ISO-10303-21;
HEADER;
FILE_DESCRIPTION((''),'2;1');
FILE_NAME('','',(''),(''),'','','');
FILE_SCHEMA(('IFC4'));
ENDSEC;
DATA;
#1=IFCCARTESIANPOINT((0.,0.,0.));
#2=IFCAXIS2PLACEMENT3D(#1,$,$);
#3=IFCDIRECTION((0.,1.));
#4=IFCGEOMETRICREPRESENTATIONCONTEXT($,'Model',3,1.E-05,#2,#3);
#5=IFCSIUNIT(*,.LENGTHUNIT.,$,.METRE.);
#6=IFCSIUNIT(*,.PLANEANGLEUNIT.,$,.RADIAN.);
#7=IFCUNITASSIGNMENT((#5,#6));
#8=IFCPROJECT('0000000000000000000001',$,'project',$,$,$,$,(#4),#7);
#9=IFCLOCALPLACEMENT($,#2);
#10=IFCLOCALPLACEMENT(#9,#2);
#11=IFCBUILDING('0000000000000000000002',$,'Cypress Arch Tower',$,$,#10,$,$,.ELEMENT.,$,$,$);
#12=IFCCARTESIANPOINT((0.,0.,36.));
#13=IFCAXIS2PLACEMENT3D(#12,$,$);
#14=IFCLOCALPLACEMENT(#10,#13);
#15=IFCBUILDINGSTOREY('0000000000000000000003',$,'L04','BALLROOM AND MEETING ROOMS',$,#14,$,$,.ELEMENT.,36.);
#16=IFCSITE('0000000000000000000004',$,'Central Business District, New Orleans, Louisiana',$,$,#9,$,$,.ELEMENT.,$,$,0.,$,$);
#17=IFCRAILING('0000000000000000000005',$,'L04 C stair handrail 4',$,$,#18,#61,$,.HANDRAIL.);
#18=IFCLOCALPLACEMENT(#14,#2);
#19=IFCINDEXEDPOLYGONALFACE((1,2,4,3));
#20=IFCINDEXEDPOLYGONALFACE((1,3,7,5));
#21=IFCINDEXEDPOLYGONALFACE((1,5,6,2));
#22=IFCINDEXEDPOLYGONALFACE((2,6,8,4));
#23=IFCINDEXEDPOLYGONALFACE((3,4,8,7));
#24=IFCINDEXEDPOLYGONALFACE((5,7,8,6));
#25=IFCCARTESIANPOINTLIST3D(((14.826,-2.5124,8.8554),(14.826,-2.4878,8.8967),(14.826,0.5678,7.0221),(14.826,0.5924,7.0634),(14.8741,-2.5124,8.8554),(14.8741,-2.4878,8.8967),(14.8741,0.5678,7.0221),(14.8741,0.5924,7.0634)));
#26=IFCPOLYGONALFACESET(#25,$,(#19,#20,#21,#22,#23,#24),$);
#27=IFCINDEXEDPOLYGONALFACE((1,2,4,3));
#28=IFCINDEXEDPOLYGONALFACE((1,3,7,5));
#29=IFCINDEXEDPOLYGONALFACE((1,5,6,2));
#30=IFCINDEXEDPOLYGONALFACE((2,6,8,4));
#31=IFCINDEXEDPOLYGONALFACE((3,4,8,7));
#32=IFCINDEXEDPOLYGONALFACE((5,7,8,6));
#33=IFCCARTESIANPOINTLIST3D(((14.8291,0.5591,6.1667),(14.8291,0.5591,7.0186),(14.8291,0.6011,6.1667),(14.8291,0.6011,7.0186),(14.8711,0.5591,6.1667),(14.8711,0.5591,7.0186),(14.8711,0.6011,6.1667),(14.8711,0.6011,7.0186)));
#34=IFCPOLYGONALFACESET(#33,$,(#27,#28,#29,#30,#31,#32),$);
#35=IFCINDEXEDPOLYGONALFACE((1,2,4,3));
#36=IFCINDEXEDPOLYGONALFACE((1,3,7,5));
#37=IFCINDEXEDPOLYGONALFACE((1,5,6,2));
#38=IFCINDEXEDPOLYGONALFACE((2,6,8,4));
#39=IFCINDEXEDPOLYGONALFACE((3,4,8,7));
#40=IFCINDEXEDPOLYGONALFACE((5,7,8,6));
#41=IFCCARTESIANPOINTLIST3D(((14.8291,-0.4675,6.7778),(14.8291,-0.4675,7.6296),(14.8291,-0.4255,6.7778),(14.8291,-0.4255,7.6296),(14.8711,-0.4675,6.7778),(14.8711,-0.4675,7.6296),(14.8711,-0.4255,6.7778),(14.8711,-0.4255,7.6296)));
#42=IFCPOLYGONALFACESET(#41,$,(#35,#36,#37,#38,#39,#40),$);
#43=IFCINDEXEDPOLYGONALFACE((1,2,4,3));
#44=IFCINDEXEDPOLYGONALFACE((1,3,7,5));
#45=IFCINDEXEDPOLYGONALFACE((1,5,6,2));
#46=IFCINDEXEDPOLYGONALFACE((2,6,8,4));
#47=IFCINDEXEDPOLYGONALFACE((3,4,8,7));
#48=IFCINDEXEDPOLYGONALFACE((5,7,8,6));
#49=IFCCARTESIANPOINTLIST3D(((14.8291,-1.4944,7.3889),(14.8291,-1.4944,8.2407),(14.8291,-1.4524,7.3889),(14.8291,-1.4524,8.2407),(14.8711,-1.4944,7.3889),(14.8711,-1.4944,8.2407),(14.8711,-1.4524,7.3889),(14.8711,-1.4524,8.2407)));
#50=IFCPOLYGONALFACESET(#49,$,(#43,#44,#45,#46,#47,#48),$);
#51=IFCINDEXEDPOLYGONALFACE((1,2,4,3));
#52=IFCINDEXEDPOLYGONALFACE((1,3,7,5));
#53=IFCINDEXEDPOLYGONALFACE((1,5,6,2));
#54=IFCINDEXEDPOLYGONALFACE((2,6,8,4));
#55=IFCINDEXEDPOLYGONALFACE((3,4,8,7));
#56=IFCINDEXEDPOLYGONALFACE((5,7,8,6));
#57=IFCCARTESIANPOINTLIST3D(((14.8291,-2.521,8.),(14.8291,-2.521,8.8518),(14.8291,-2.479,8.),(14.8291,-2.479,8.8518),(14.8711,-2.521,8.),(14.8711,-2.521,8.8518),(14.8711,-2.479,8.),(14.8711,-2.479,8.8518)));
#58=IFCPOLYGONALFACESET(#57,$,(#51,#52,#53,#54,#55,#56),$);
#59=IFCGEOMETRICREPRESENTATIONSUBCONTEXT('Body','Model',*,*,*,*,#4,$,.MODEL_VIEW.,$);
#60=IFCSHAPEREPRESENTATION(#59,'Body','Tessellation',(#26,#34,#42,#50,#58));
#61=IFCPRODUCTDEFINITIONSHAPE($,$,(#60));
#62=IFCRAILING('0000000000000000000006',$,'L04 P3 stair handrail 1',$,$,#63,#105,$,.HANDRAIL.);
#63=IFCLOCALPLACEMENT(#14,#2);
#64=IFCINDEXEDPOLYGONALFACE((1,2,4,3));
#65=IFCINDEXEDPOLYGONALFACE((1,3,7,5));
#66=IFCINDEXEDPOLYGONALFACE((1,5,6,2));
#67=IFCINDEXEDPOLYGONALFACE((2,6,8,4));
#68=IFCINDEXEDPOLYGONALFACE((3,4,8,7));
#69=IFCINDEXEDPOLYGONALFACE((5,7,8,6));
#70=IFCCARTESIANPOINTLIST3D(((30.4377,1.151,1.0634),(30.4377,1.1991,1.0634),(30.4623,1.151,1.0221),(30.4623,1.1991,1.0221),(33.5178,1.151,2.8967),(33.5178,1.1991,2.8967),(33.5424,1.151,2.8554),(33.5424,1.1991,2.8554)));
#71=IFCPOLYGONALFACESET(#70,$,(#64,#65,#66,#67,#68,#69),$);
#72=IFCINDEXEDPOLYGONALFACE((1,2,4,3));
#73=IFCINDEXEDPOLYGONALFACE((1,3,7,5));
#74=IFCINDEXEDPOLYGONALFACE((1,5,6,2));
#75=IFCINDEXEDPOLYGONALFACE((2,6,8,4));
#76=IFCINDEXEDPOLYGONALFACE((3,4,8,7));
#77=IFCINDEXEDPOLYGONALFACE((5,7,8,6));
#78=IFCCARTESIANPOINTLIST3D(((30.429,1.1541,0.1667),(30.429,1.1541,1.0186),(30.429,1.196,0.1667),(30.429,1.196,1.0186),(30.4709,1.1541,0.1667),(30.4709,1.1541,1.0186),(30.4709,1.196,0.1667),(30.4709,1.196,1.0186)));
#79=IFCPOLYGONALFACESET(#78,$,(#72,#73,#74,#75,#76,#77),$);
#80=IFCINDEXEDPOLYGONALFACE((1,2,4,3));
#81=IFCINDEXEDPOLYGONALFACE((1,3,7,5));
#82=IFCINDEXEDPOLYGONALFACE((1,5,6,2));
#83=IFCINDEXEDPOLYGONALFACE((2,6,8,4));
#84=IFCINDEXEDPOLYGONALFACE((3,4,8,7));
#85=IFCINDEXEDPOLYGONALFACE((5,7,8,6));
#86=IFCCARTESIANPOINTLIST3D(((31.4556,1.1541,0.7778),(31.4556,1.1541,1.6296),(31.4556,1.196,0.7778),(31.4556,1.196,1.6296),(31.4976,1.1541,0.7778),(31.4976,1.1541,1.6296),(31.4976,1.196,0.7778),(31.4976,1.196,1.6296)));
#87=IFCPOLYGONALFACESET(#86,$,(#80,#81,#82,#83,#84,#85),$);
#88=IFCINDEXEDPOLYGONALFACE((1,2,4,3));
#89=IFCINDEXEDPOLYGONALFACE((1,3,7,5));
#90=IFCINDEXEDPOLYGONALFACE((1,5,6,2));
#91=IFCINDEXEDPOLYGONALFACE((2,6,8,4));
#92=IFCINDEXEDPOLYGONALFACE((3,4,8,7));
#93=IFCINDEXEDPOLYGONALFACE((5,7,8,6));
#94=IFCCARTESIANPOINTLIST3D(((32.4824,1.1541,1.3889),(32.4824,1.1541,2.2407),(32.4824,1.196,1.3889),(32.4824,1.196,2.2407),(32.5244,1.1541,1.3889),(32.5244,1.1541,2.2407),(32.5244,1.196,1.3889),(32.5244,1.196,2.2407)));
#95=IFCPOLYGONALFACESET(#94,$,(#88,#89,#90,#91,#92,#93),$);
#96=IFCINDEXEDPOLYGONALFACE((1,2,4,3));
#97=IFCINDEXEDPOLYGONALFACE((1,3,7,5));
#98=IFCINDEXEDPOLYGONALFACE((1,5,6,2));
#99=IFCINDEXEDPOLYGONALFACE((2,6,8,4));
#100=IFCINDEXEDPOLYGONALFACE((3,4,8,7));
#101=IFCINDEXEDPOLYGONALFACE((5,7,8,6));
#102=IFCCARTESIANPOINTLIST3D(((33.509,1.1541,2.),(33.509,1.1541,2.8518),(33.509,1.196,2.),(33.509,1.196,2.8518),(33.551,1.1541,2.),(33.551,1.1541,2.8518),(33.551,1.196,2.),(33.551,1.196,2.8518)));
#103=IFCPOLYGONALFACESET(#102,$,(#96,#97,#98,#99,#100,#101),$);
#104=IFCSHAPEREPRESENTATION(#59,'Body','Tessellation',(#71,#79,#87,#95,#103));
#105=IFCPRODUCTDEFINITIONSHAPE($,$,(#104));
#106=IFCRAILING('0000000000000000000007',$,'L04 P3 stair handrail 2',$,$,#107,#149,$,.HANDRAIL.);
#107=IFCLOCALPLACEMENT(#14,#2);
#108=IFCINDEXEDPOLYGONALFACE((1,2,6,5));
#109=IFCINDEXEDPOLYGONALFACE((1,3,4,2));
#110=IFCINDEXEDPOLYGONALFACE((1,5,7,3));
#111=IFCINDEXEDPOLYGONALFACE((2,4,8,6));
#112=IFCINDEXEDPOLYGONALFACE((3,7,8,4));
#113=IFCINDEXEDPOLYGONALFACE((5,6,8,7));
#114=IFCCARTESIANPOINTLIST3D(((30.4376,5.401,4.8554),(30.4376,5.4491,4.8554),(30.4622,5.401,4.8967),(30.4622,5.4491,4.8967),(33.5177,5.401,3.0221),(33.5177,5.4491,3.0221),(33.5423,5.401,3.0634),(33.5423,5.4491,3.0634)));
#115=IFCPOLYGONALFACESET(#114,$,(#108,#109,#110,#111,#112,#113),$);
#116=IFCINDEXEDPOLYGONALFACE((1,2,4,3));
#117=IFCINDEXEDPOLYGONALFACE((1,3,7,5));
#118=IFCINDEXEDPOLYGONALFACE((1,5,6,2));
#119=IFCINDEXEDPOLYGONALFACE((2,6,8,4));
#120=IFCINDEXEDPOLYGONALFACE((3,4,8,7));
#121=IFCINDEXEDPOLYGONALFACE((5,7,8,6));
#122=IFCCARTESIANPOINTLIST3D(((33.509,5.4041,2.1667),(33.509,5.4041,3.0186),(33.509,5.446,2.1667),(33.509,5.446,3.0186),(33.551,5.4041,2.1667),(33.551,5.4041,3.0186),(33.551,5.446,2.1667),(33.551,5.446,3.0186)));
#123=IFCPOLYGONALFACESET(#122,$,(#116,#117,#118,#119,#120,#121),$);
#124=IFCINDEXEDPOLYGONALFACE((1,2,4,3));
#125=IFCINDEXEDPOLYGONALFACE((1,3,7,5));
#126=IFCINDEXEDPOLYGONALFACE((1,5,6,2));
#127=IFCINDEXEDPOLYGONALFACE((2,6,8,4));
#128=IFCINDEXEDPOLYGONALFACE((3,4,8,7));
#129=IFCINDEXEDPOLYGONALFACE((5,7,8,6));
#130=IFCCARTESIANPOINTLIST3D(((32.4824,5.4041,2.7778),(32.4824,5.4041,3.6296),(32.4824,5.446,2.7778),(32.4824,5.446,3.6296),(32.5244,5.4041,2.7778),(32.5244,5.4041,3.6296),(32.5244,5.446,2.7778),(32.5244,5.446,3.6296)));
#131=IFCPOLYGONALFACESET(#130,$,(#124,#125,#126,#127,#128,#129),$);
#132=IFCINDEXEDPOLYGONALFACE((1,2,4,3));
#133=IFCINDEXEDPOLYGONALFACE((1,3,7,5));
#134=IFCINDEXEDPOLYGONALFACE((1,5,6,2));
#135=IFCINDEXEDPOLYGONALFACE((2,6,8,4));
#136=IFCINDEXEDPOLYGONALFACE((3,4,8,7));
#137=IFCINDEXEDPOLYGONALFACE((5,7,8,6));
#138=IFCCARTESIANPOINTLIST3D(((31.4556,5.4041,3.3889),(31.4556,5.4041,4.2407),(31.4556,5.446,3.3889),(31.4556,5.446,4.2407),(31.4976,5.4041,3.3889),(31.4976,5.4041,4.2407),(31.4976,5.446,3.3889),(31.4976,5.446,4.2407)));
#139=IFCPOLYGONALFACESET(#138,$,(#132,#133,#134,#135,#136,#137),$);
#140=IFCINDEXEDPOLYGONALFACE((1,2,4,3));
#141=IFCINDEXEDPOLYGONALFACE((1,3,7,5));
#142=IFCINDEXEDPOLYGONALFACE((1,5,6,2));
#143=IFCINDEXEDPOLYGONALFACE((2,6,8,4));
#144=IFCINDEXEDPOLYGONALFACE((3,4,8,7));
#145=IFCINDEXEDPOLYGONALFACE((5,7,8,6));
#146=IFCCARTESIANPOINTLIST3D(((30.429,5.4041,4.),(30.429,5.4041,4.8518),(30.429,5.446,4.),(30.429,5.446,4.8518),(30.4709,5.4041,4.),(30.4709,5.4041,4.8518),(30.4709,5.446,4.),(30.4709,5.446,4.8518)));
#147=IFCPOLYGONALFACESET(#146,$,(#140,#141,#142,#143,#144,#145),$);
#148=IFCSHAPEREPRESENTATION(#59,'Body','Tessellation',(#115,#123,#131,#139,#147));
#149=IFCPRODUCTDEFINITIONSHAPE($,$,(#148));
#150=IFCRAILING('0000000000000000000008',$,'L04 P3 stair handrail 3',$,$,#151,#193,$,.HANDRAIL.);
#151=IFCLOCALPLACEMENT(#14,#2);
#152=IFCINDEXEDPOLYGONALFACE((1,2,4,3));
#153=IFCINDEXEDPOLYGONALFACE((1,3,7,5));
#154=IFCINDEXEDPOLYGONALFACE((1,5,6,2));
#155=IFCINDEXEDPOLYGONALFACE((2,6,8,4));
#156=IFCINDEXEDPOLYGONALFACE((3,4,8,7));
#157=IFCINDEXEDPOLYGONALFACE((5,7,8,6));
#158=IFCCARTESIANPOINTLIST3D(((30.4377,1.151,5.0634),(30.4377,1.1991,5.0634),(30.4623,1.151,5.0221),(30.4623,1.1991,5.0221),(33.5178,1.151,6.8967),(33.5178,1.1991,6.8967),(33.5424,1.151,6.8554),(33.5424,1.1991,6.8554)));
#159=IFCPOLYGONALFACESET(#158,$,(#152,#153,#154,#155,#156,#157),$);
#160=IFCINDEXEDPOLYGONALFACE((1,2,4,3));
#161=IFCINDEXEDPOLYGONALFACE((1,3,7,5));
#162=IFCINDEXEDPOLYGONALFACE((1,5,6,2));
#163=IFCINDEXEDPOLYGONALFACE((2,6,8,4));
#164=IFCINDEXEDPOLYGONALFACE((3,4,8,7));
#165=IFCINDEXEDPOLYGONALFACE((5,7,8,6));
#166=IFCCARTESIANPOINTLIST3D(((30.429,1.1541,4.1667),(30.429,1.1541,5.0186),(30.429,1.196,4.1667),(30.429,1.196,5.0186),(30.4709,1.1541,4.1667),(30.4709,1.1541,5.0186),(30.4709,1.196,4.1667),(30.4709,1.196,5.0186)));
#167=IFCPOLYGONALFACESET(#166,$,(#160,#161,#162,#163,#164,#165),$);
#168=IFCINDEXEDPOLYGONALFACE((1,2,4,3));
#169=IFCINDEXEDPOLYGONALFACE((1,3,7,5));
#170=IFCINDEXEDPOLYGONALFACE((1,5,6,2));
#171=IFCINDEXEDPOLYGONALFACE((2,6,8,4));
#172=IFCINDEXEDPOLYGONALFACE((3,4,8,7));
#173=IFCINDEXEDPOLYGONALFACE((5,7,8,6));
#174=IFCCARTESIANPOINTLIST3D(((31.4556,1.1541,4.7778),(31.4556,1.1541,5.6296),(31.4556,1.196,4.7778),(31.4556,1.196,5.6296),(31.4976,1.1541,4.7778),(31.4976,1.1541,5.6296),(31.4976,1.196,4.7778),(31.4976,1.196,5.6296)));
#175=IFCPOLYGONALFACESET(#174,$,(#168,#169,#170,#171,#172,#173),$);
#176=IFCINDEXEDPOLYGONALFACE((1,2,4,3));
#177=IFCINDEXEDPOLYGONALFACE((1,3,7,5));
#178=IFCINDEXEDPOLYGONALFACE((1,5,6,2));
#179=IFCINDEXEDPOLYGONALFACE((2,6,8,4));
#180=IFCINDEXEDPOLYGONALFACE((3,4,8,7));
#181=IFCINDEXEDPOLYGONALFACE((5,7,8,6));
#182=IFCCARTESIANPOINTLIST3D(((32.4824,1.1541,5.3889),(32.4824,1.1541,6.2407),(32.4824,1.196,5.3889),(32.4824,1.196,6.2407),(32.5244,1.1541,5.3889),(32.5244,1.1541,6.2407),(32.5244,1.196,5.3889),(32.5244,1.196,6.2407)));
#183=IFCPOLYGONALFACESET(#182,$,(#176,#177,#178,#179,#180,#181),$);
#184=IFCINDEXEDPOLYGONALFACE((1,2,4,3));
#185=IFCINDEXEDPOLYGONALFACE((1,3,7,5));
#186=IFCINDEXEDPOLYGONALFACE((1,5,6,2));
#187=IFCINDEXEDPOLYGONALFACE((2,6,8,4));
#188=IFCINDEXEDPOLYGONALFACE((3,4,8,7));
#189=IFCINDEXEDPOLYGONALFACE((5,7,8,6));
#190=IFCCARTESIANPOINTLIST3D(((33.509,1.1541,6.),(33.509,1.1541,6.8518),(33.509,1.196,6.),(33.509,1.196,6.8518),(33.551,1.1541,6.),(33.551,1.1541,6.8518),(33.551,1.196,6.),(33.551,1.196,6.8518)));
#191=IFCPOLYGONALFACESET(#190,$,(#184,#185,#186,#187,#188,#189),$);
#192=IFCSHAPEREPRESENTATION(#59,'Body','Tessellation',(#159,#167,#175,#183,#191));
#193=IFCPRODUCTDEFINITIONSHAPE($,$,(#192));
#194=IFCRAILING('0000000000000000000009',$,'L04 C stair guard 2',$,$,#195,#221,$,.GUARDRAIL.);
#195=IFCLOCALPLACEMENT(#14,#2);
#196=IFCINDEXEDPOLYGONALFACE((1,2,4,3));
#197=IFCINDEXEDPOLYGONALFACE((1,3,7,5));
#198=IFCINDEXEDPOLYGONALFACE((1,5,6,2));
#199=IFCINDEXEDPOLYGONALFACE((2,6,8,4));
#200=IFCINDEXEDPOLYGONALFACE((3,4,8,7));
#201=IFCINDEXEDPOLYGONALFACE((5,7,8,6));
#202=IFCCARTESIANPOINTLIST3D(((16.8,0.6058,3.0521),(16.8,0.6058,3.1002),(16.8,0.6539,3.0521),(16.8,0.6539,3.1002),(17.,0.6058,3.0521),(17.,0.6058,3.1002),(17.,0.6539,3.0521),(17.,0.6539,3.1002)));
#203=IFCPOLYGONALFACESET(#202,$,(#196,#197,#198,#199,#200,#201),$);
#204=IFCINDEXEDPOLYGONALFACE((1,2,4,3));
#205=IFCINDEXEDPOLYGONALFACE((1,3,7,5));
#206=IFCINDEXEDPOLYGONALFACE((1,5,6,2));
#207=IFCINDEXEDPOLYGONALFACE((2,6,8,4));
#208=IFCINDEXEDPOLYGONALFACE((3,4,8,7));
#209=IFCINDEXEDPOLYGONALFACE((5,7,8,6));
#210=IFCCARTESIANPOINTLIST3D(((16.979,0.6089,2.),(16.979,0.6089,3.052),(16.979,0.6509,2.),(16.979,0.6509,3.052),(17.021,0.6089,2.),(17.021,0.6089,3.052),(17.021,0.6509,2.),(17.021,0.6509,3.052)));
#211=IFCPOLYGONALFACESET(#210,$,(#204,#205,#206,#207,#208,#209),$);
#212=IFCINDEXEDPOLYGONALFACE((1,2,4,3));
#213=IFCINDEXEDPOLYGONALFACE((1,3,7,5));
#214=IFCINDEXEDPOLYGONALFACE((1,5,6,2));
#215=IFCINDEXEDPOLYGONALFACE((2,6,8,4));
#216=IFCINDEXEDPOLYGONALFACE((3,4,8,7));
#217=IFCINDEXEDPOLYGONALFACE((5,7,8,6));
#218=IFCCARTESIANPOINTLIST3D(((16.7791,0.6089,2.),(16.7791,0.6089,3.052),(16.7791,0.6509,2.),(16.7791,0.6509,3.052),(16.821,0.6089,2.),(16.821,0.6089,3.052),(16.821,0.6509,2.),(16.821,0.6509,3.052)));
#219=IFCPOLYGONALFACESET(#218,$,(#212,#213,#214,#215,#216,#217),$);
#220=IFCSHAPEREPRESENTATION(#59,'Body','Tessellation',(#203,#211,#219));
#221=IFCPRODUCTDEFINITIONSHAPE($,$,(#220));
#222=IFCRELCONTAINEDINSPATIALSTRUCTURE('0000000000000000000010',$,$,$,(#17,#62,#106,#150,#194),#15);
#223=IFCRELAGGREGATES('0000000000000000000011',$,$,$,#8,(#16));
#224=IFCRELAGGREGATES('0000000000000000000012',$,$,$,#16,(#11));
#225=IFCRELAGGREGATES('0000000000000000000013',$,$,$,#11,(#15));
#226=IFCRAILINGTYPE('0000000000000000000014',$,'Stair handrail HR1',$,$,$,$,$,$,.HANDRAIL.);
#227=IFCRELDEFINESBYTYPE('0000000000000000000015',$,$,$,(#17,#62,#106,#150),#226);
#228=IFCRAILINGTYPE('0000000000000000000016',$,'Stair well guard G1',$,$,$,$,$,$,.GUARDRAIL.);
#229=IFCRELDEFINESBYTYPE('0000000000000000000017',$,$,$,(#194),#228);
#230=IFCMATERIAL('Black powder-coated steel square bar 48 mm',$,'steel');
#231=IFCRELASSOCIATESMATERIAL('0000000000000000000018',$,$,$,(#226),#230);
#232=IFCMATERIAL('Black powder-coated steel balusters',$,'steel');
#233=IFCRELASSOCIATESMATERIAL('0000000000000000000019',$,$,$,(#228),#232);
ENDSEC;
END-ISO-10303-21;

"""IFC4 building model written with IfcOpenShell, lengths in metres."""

from ifc_helpers import new_model, si_unit, direction, frame, origin, origin_2d, place, context, subcontext, project, spatial, rectangle, extrude, material, type_object, element, save


model = new_model("IFC4")

# Units and contexts
model_context = context("Model", 3, precision=1e-05, world=origin(), true_north=direction((0.0, 1.0)))
body_context = subcontext(model_context, "Body", "Model", "MODEL_VIEW")
ifc_project = project(units=[si_unit("LENGTHUNIT", "METRE"), si_unit("PLANEANGLEUNIT", "RADIAN")], contexts=[model_context])

# Site, building, storey
site_placement = place(None, origin())
site = spatial("IfcSite", under=ifc_project, at=site_placement, Name="Central Business District, New Orleans, Louisiana", CompositionType="ELEMENT", RefElevation=0.0)
building_placement = place(site_placement, origin())
building = spatial("IfcBuilding", under=site, at=building_placement, Name="Cypress Arch Tower", CompositionType="ELEMENT")
storey_placement = place(building_placement, frame((0.0, 0.0, 36.0)))
storey = spatial("IfcBuildingStorey", under=building, at=storey_placement, Name="L04", Description="BALLROOM AND MEETING ROOMS", CompositionType="ELEMENT", Elevation=36.0)

# Railings
ifc_material_1 = material(Name="Black powder-coated steel square bar 48 mm", Category="steel")
railing_type_1 = type_object("IfcRailingType", Name="Stair handrail HR1", PredefinedType="HANDRAIL", material=ifc_material_1)
for number, where, name in (
    (1, (14.8501, 0.5801, 6.1667), "L04 C stair handrail 4"),
):
    element("IfcRailing", number, at=place(storey_placement, frame(where)), inside=storey, type_object=railing_type_1, Name=name, PredefinedType="HANDRAIL", context=body_context, shape_type="SweptSolid", body=[
        extrude(rectangle(XDim=0.0481, YDim=0.0481, at=origin_2d()), frame((0.0, 0.0, 0.876), z_axis=(0.0, -0.859309, 0.511458), x_axis=(1.0, 0.0, 0.0)), (0.0, 0.0, 1.0), 3.5845),
        extrude(rectangle(XDim=0.042, YDim=0.042, at=origin_2d()), origin(), (0.0, 0.0, 1.0), 0.8518),
        extrude(rectangle(XDim=0.042, YDim=0.042, at=origin_2d()), frame((0.0, -1.0266, 0.6111)), (0.0, 0.0, 1.0), 0.8518),
        extrude(rectangle(XDim=0.042, YDim=0.042, at=origin_2d()), frame((0.0, -2.0535, 1.2222)), (0.0, 0.0, 1.0), 0.8518),
        extrude(rectangle(XDim=0.042, YDim=0.042, at=origin_2d()), frame((0.0, -3.0801, 1.8333)), (0.0, 0.0, 1.0), 0.8518),
    ])
railing_1_placement = place(storey_placement, frame((30.45, 1.175, 0.1667)))
element("IfcRailing", 2, at=railing_1_placement, inside=storey, type_object=railing_type_1, Name="L04 P3 stair handrail 1", PredefinedType="HANDRAIL", context=body_context, shape_type="SweptSolid", body=[
    extrude(rectangle(XDim=0.0481, YDim=0.0481, at=origin_2d()), frame((0.0, 0.0, 0.876), z_axis=(0.859309, 0.0, 0.511458), x_axis=(0.0, 1.0, 0.0)), (0.0, 0.0, 1.0), 3.5845),
    extrude(rectangle(XDim=0.042, YDim=0.042, at=origin_2d()), origin(), (0.0, 0.0, 1.0), 0.8518),
    extrude(rectangle(XDim=0.042, YDim=0.042, at=origin_2d()), frame((1.0266, 0.0, 0.6111)), (0.0, 0.0, 1.0), 0.8518),
    extrude(rectangle(XDim=0.042, YDim=0.042, at=origin_2d()), frame((2.0535, 0.0, 1.2222)), (0.0, 0.0, 1.0), 0.8518),
    extrude(rectangle(XDim=0.042, YDim=0.042, at=origin_2d()), frame((3.0801, 0.0, 1.8333)), (0.0, 0.0, 1.0), 0.8518),
])
railing_2_placement = place(storey_placement, frame((33.53, 5.425, 2.1667)))
element("IfcRailing", 3, at=railing_2_placement, inside=storey, type_object=railing_type_1, Name="L04 P3 stair handrail 2", PredefinedType="HANDRAIL", context=body_context, shape_type="SweptSolid", body=[
    extrude(rectangle(XDim=0.0481, YDim=0.0481, at=origin_2d()), frame((0.0, 0.0, 0.876), z_axis=(-0.859309, 0.0, 0.511458), x_axis=(0.0, -1.0, 0.0)), (0.0, 0.0, 1.0), 3.5845),
    extrude(rectangle(XDim=0.042, YDim=0.042, at=origin_2d()), origin(), (0.0, 0.0, 1.0), 0.8518),
    extrude(rectangle(XDim=0.042, YDim=0.042, at=origin_2d()), frame((-1.0266, 0.0, 0.6111)), (0.0, 0.0, 1.0), 0.8518),
    extrude(rectangle(XDim=0.042, YDim=0.042, at=origin_2d()), frame((-2.0535, 0.0, 1.2222)), (0.0, 0.0, 1.0), 0.8518),
    extrude(rectangle(XDim=0.042, YDim=0.042, at=origin_2d()), frame((-3.0801, 0.0, 1.8333)), (0.0, 0.0, 1.0), 0.8518),
])
railing_3_placement = place(storey_placement, frame((30.45, 1.175, 4.1667)))
element("IfcRailing", 4, at=railing_3_placement, inside=storey, type_object=railing_type_1, Name="L04 P3 stair handrail 3", PredefinedType="HANDRAIL", context=body_context, shape_type="SweptSolid", body=[
    extrude(rectangle(XDim=0.0481, YDim=0.0481, at=origin_2d()), frame((0.0, 0.0, 0.876), z_axis=(0.859309, 0.0, 0.511458), x_axis=(0.0, 1.0, 0.0)), (0.0, 0.0, 1.0), 3.5845),
    extrude(rectangle(XDim=0.042, YDim=0.042, at=origin_2d()), origin(), (0.0, 0.0, 1.0), 0.8518),
    extrude(rectangle(XDim=0.042, YDim=0.042, at=origin_2d()), frame((1.0266, 0.0, 0.6111)), (0.0, 0.0, 1.0), 0.8518),
    extrude(rectangle(XDim=0.042, YDim=0.042, at=origin_2d()), frame((2.0535, 0.0, 1.2222)), (0.0, 0.0, 1.0), 0.8518),
    extrude(rectangle(XDim=0.042, YDim=0.042, at=origin_2d()), frame((3.0801, 0.0, 1.8333)), (0.0, 0.0, 1.0), 0.8518),
])
ifc_material_2 = material(Name="Black powder-coated steel balusters", Category="steel")
railing_type_2 = type_object("IfcRailingType", Name="Stair well guard G1", PredefinedType="GUARDRAIL", material=ifc_material_2)
railing_4_placement = place(storey_placement, frame((17.0, 0.6299, 2.0)))
element("IfcRailing", 5, at=railing_4_placement, inside=storey, type_object=railing_type_2, Name="L04 C stair guard 2", PredefinedType="GUARDRAIL", context=body_context, shape_type="SweptSolid", body=[
    extrude(rectangle(XDim=0.0481, YDim=0.0481, at=origin_2d()), frame((0.0, 0.0, 1.0762), z_axis=(-1.0, 0.0, 0.0), x_axis=(0.0, -1.0, 0.0)), (0.0, 0.0, 1.0), 0.2),
    extrude(rectangle(XDim=0.042, YDim=0.042, at=origin_2d()), origin(), (0.0, 0.0, 1.0), 1.052),
    extrude(rectangle(XDim=0.042, YDim=0.042, at=origin_2d()), frame((-0.2, 0.0, 0.0)), (0.0, 0.0, 1.0), 1.052),
])

save(model, "model.ifc")
